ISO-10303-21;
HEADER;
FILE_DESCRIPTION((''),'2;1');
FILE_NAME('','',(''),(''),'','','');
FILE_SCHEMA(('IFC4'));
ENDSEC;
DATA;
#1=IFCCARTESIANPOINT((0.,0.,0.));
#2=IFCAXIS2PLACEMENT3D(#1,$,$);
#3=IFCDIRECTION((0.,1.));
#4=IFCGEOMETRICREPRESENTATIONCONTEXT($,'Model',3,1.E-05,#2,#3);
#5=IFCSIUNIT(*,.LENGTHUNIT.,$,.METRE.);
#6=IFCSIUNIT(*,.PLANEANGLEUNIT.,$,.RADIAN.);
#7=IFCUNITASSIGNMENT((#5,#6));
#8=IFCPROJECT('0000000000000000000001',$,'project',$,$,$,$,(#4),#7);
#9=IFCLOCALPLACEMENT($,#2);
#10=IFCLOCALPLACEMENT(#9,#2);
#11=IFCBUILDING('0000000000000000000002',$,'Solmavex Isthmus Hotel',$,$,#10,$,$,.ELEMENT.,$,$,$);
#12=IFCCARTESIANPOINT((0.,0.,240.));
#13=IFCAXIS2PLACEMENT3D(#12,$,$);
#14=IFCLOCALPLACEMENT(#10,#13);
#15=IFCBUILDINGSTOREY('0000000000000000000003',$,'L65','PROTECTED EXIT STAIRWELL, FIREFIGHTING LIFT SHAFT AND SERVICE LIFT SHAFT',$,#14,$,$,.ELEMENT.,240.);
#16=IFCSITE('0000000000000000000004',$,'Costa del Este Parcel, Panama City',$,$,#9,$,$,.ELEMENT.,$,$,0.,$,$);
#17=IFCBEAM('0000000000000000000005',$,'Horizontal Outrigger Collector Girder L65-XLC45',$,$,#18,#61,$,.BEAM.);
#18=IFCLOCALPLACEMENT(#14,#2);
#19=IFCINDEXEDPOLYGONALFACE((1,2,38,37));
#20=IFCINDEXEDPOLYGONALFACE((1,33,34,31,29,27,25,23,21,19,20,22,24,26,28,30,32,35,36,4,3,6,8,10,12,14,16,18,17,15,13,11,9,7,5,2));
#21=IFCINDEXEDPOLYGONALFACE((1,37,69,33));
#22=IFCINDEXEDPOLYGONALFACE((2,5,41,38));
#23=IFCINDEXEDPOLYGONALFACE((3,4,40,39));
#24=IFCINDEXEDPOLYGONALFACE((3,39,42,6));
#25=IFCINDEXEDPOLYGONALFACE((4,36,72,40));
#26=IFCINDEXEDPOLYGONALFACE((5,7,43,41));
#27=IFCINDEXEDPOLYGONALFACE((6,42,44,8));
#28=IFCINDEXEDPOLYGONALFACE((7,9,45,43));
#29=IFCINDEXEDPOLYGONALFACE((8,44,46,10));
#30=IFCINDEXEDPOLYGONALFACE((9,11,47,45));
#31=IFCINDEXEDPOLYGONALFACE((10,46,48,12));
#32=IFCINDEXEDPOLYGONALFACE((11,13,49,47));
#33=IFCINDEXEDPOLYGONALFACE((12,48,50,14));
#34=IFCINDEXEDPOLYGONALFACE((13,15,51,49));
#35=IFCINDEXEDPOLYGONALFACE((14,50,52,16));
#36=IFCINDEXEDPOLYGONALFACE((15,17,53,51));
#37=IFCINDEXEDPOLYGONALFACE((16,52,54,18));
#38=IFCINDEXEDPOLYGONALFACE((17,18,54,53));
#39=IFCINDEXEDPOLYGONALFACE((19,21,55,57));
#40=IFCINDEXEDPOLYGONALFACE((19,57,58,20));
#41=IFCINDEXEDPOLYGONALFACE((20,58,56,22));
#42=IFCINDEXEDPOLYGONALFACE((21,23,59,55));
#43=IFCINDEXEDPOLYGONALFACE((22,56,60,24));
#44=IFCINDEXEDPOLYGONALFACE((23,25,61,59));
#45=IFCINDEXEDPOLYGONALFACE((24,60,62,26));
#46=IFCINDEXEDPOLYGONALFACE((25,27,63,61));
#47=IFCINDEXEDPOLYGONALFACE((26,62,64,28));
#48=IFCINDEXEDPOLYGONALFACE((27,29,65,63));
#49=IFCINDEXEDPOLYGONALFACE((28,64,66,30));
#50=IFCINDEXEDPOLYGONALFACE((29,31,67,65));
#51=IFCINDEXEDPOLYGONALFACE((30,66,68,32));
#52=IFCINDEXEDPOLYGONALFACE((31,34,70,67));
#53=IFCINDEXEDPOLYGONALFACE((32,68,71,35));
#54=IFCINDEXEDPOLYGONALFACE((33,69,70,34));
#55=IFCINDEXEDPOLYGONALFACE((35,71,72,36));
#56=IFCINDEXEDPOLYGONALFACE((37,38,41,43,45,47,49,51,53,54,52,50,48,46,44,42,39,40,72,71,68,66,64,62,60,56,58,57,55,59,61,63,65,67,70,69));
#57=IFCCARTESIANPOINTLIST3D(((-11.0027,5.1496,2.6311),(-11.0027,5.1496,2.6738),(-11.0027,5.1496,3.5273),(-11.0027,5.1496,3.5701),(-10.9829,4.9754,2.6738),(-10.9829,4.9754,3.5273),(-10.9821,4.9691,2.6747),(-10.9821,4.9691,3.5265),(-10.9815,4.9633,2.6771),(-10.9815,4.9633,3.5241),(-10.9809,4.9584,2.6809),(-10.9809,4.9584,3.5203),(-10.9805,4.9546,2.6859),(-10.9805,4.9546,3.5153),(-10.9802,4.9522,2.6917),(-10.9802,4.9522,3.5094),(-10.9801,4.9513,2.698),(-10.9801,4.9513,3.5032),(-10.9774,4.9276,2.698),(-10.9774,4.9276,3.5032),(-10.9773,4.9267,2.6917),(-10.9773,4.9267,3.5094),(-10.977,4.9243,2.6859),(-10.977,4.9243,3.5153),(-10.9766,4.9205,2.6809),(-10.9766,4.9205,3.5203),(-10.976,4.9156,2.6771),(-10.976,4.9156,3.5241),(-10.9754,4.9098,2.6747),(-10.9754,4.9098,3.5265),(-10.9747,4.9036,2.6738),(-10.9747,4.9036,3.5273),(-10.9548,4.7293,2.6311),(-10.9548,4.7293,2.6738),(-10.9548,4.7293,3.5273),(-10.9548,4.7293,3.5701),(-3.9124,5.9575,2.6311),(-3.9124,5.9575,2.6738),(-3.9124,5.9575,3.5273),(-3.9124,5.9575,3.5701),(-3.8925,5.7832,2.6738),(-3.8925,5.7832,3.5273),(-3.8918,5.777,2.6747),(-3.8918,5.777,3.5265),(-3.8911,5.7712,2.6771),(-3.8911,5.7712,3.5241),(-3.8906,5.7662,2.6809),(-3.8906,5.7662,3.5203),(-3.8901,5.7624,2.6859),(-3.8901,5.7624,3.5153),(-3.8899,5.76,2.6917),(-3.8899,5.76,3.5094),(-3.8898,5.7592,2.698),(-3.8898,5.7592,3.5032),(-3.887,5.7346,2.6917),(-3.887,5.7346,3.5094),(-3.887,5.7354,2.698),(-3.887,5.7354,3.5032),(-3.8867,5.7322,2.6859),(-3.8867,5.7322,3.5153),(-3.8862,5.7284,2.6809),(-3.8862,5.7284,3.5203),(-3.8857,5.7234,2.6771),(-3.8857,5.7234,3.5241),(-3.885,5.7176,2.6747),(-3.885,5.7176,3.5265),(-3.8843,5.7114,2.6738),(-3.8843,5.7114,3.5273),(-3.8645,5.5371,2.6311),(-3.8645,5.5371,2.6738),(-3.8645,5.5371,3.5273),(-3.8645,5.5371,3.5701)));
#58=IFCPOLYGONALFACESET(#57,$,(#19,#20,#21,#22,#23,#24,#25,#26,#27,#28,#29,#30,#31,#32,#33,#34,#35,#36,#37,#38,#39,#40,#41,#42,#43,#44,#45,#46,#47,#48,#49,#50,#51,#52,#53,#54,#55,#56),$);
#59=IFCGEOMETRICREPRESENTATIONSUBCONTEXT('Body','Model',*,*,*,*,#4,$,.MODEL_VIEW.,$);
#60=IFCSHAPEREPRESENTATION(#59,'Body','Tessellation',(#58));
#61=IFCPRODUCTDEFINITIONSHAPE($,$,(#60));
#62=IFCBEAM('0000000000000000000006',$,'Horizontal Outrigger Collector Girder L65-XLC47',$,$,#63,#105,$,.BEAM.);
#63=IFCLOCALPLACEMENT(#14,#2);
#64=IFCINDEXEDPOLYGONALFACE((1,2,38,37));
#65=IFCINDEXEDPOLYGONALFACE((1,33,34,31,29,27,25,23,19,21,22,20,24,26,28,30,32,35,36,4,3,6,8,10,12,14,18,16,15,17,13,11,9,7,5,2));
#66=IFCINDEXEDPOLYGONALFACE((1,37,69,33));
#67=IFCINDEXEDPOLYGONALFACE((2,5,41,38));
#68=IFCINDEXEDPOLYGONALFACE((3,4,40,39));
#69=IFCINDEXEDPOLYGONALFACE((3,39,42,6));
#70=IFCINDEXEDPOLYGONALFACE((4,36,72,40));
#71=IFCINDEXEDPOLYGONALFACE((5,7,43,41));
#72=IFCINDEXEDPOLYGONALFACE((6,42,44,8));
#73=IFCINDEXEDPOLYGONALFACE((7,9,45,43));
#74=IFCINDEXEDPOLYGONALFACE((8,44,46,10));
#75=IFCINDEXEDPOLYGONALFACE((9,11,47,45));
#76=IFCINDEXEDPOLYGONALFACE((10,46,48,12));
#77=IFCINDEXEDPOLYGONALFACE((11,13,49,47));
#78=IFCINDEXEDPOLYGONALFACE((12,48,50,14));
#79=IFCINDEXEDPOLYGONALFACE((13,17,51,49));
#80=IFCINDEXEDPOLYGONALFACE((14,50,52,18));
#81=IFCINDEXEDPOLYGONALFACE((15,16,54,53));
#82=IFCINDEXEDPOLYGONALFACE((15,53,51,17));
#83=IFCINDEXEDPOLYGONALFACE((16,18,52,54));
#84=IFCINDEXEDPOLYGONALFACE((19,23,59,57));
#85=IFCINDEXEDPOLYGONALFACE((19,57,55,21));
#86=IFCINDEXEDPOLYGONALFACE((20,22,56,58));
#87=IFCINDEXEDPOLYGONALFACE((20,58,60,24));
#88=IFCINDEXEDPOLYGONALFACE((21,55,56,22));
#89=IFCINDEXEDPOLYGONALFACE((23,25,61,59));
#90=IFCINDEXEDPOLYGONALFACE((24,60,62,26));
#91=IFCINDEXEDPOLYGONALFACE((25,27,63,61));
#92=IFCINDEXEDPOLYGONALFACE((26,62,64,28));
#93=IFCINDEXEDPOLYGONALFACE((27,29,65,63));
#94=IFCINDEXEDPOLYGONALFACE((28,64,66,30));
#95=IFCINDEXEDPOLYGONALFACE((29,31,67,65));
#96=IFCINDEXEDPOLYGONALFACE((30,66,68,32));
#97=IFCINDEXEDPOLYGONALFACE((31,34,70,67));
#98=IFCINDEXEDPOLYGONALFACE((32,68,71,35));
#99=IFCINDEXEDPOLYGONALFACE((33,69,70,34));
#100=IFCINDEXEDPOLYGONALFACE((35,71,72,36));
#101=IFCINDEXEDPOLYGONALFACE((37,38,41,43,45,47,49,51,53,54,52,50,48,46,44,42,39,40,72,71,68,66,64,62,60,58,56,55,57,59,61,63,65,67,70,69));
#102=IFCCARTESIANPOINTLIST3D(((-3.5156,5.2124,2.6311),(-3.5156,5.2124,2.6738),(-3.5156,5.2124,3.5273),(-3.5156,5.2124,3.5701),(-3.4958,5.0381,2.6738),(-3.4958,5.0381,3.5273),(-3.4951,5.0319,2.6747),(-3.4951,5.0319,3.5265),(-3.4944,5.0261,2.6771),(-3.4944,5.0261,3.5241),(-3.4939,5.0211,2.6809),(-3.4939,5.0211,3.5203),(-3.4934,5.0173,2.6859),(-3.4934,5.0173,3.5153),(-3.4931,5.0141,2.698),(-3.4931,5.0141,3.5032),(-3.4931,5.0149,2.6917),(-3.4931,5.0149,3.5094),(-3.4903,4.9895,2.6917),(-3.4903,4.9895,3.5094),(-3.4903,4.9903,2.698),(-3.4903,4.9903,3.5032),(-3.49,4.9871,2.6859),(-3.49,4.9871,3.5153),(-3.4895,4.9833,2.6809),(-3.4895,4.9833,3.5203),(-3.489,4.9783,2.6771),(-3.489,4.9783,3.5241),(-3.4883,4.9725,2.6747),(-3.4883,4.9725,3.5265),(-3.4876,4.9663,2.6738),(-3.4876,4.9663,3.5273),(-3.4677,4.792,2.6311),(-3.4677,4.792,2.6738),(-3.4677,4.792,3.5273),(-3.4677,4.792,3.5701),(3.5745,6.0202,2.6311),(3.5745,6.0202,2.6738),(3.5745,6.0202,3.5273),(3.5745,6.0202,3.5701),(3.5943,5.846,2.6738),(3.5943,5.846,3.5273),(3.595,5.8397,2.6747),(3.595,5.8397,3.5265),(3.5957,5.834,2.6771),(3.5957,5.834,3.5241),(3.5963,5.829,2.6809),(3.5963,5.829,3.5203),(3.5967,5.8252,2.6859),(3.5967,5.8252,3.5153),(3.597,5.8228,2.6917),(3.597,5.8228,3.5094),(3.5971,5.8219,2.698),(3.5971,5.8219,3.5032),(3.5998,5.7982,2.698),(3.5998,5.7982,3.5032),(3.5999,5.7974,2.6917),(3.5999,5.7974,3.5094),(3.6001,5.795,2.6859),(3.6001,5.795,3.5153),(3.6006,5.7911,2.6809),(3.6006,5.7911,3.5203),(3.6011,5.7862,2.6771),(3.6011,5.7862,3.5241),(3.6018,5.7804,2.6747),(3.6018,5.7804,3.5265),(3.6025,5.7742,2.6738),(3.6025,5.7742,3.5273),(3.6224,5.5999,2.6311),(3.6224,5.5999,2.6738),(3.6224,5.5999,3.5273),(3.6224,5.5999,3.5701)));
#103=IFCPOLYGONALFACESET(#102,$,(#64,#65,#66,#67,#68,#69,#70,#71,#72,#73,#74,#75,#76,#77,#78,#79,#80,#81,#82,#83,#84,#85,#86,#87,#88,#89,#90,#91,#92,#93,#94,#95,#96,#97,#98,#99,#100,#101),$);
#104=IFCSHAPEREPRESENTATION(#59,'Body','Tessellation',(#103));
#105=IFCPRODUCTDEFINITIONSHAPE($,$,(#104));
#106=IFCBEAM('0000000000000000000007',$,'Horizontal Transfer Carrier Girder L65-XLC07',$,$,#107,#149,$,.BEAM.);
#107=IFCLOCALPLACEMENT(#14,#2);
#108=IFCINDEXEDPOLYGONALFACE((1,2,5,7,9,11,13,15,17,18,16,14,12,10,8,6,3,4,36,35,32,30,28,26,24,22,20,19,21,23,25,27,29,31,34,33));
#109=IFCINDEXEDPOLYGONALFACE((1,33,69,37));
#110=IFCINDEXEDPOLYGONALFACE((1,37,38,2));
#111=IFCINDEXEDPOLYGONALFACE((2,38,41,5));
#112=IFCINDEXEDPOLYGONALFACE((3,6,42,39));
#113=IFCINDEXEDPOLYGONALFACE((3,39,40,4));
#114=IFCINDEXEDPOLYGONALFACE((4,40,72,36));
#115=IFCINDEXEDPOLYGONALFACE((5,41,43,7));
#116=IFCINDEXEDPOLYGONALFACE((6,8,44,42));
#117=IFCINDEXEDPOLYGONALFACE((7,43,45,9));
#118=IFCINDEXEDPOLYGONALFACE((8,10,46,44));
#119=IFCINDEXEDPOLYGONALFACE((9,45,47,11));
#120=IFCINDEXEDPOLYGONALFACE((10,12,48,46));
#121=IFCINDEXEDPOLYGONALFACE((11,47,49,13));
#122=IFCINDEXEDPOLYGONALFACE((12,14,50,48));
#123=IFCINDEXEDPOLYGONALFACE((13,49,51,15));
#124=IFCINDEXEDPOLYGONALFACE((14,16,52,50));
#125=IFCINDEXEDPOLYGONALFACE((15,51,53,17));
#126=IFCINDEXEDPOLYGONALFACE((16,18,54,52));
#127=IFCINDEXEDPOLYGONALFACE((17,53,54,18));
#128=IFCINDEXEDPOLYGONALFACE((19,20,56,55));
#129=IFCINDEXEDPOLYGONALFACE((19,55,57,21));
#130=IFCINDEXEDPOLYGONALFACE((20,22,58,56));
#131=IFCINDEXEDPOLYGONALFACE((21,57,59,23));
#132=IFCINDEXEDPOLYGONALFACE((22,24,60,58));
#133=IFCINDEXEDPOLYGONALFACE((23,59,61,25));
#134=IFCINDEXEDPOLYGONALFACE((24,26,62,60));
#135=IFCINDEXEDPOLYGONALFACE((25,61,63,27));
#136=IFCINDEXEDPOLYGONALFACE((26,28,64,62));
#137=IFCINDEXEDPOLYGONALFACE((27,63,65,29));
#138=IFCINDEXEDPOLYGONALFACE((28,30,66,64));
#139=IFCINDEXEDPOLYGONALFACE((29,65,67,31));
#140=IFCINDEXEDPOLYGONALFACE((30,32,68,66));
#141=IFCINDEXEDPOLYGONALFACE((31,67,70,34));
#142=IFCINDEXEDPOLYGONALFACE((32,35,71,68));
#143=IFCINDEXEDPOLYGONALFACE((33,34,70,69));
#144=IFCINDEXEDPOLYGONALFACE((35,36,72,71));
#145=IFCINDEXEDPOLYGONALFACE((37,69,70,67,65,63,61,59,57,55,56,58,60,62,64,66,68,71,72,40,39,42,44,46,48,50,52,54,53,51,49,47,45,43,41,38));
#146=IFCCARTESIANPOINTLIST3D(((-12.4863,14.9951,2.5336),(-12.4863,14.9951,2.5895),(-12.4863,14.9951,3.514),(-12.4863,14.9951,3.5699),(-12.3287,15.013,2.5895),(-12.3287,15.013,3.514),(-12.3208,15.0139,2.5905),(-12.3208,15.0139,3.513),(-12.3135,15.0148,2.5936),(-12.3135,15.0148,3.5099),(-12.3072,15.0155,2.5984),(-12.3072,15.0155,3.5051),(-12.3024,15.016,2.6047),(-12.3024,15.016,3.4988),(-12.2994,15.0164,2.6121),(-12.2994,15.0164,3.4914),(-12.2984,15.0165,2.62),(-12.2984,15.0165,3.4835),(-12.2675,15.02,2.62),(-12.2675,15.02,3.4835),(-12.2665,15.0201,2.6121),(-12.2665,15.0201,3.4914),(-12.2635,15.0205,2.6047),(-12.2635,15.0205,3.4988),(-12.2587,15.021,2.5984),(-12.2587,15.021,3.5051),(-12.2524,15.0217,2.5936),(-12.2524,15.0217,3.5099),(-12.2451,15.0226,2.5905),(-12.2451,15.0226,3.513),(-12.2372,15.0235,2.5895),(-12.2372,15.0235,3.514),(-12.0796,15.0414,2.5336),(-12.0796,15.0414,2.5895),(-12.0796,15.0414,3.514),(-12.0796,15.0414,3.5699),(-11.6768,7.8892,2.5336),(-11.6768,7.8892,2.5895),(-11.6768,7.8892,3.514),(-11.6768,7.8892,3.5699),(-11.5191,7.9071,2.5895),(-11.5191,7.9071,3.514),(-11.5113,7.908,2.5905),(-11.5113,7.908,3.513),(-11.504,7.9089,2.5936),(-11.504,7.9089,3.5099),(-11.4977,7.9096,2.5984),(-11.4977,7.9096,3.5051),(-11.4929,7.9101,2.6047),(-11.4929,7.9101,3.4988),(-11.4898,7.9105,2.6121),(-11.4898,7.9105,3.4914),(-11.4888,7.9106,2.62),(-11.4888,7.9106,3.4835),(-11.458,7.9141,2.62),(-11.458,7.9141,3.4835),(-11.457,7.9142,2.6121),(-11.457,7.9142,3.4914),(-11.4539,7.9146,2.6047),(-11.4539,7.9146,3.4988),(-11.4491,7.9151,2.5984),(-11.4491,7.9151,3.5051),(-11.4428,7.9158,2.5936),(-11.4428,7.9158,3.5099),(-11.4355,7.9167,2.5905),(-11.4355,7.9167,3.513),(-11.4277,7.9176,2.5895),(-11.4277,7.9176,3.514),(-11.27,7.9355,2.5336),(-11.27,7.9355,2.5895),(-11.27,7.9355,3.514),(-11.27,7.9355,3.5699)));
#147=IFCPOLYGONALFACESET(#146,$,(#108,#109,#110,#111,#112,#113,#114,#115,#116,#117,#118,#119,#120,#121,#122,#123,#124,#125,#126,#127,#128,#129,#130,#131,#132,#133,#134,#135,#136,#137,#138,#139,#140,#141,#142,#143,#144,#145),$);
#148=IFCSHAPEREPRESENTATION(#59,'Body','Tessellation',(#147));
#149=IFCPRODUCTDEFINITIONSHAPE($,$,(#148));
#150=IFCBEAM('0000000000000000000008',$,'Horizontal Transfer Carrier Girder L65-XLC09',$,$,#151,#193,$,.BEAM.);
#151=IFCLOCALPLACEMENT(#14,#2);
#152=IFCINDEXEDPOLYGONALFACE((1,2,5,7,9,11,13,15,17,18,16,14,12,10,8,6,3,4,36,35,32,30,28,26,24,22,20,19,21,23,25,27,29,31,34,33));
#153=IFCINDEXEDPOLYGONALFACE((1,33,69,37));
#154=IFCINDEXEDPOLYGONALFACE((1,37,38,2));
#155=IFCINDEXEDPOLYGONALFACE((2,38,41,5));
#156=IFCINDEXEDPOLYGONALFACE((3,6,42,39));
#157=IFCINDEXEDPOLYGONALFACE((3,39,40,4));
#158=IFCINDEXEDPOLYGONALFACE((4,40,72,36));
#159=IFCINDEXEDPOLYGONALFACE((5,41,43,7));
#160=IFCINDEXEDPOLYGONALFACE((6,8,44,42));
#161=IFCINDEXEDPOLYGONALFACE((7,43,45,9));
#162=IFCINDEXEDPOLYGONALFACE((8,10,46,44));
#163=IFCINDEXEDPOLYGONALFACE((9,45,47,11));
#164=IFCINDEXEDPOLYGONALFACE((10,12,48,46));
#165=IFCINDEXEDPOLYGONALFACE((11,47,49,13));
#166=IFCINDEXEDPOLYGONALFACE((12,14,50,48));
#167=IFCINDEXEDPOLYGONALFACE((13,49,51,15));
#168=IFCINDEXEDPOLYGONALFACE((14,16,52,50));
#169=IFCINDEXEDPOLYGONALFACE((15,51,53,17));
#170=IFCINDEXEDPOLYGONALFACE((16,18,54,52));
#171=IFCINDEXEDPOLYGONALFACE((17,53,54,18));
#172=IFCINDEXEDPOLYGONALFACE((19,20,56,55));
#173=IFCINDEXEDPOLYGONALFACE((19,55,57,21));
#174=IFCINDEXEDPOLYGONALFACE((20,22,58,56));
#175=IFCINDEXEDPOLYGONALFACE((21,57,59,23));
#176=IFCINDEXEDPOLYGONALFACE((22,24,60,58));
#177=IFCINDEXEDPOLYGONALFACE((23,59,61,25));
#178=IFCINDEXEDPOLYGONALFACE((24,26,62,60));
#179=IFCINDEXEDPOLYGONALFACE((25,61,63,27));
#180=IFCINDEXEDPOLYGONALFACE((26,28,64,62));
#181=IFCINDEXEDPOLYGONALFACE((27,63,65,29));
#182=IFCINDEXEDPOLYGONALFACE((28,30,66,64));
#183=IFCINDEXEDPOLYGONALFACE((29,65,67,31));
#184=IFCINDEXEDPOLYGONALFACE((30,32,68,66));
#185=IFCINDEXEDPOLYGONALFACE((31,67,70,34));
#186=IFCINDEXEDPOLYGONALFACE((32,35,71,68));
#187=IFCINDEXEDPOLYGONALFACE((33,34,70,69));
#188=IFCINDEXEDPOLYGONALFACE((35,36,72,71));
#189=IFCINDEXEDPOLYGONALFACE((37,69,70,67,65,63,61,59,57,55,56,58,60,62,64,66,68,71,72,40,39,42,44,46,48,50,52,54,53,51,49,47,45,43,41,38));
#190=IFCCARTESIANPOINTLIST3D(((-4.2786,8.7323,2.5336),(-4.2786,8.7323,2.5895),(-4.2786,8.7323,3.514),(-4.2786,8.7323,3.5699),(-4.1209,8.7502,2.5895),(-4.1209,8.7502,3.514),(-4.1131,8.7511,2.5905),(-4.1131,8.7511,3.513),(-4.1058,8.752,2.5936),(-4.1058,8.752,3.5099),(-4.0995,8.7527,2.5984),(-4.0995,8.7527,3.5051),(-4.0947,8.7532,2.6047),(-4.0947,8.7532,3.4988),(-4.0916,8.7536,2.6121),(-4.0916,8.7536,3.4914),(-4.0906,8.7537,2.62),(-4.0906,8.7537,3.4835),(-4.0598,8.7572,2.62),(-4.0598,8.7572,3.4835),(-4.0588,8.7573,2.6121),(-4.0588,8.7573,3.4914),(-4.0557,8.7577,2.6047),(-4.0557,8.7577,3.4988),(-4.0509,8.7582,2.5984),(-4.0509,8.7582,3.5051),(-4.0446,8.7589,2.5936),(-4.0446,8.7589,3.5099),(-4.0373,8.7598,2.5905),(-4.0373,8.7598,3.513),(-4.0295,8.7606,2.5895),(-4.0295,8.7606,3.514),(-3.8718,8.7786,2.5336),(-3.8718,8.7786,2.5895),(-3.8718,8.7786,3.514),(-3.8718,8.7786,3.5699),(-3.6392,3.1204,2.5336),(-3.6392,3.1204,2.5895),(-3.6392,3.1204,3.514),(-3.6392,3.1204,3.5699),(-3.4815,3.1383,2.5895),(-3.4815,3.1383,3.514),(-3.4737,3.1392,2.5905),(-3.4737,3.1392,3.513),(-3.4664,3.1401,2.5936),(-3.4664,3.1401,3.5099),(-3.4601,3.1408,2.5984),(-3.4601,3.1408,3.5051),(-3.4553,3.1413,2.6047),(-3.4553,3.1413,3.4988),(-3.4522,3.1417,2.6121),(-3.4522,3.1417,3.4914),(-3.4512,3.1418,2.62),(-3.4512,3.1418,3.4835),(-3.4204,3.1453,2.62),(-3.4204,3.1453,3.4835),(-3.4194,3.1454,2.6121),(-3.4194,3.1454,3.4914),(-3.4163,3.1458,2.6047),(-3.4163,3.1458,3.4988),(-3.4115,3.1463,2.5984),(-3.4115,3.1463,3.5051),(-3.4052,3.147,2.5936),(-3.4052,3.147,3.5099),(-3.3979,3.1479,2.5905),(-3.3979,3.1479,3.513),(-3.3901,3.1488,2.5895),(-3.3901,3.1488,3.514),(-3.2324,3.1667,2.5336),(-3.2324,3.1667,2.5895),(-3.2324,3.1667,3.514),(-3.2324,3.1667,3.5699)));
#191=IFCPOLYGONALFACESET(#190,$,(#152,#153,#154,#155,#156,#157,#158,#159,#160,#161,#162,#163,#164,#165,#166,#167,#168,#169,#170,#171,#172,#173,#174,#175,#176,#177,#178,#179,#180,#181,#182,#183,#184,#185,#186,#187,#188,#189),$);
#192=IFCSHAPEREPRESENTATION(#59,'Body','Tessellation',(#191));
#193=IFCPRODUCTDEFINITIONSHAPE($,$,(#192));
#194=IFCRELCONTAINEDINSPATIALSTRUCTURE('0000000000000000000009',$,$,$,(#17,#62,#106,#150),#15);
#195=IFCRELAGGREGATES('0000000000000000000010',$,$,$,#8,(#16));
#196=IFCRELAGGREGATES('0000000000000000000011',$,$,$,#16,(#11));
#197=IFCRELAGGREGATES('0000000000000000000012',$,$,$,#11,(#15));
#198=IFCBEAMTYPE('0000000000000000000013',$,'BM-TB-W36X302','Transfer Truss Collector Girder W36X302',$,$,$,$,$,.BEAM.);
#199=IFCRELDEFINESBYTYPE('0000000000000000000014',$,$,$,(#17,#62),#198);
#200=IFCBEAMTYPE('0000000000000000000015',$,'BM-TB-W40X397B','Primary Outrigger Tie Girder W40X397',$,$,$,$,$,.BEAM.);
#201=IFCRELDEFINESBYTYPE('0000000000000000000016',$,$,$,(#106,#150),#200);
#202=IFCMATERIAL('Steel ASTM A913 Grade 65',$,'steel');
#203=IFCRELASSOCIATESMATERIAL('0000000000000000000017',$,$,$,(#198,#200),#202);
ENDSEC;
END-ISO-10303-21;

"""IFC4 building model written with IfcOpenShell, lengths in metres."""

from ifc_helpers import new_model, si_unit, direction, frame, origin, origin_2d, place, context, subcontext, project, spatial, i_section, extrude, material, material_profile, profile_set, type_object, element, save


model = new_model("IFC4")

# Units and contexts
model_context = context("Model", 3, precision=1e-05, world=origin(), true_north=direction((0.0, 1.0)))
body_context = subcontext(model_context, "Body", "Model", "MODEL_VIEW")
ifc_project = project(units=[si_unit("LENGTHUNIT", "METRE"), si_unit("PLANEANGLEUNIT", "RADIAN")], contexts=[model_context])

# Site, building, storey
site_placement = place(None, origin())
site = spatial("IfcSite", under=ifc_project, at=site_placement, Name="Costa del Este Parcel, Panama City", CompositionType="ELEMENT", RefElevation=0.0)
building_placement = place(site_placement, origin())
building = spatial("IfcBuilding", under=site, at=building_placement, Name="Solmavex Isthmus Hotel", CompositionType="ELEMENT")
storey_placement = place(building_placement, frame((0.0, 0.0, 240.0)))
storey = spatial("IfcBuildingStorey", under=building, at=storey_placement, Name="L65", Description="PROTECTED EXIT STAIRWELL, FIREFIGHTING LIFT SHAFT AND SERVICE LIFT SHAFT", CompositionType="ELEMENT", Elevation=240.0)

# Shared definitions
ifc_material_1 = material(Name="Steel ASTM A913 Grade 65", Category="steel")

# Beams
ifc_material_profile_1 = material_profile(ifc_material_1, i_section(OverallWidth=0.4231, OverallDepth=0.939, WebThickness=0.0239, FlangeThickness=0.0427, FilletRadius=0.0242, at=origin_2d()), Name="W36X302")
ifc_profile_set_1 = profile_set([ifc_material_profile_1], Name="Steel ASTM A913 Grade 65")
beam_type_1 = type_object("IfcBeamType", Name="BM-TB-W36X302", Description="Transfer Truss Collector Girder W36X302", PredefinedType="BEAM", material=ifc_profile_set_1)
beam_1_placement = place(storey_placement, frame((-10.9788, 4.9395, 3.1006), z_axis=(0.993572, 0.113206, 0.0), x_axis=(-0.113206, 0.993572, 0.0)))
element("IfcBeam", 1, at=beam_1_placement, inside=storey, type_object=beam_type_1, Name="Horizontal Outrigger Collector Girder L65-XLC45", PredefinedType="BEAM", context=body_context, shape_type="SweptSolid", body=[
    extrude(i_section(OverallWidth=0.4231, OverallDepth=0.939, WebThickness=0.0239, FlangeThickness=0.0427, FilletRadius=0.0242, at=origin_2d()), origin(), (0.0, 0.0, 1.0), 7.1362),
])
beam_2_placement = place(storey_placement, frame((-3.4917, 5.0022, 3.1006), z_axis=(0.993571, 0.11321, 0.0), x_axis=(-0.11321, 0.993571, 0.0)))
element("IfcBeam", 2, at=beam_2_placement, inside=storey, type_object=beam_type_1, Name="Horizontal Outrigger Collector Girder L65-XLC47", PredefinedType="BEAM", context=body_context, shape_type="SweptSolid", body=[
    extrude(i_section(OverallWidth=0.4231, OverallDepth=0.939, WebThickness=0.0239, FlangeThickness=0.0427, FilletRadius=0.0242, at=origin_2d()), origin(), (0.0, 0.0, 1.0), 7.136),
])
ifc_material_profile_2 = material_profile(ifc_material_1, i_section(OverallWidth=0.4094, OverallDepth=1.0364, WebThickness=0.031, FlangeThickness=0.0559, FilletRadius=0.0305, at=origin_2d()), Name="W40X397")
ifc_profile_set_2 = profile_set([ifc_material_profile_2], Name="Steel ASTM A913 Grade 65")
beam_type_2 = type_object("IfcBeamType", Name="BM-TB-W40X397B", Description="Primary Outrigger Tie Girder W40X397", PredefinedType="BEAM", material=ifc_profile_set_2)
beam_3_placement = place(storey_placement, frame((-11.4734, 7.9124, 3.0518), z_axis=(-0.113196, 0.993573, 0.0), x_axis=(-0.993573, -0.113196, 0.0)))
element("IfcBeam", 3, at=beam_3_placement, inside=storey, type_object=beam_type_2, Name="Horizontal Transfer Carrier Girder L65-XLC07", PredefinedType="BEAM", context=body_context, shape_type="SweptSolid", body=[
    extrude(i_section(OverallWidth=0.4094, OverallDepth=1.0364, WebThickness=0.031, FlangeThickness=0.0559, FilletRadius=0.0305, at=origin_2d()), origin(), (0.0, 0.0, 1.0), 7.1519),
])
beam_4_placement = place(storey_placement, frame((-3.4358, 3.1436, 3.0518), z_axis=(-0.113206, 0.993571, 0.0), x_axis=(-0.993571, -0.113206, 0.0)))
element("IfcBeam", 4, at=beam_4_placement, inside=storey, type_object=beam_type_2, Name="Horizontal Transfer Carrier Girder L65-XLC09", PredefinedType="BEAM", context=body_context, shape_type="SweptSolid", body=[
    extrude(i_section(OverallWidth=0.4094, OverallDepth=1.0364, WebThickness=0.031, FlangeThickness=0.0559, FilletRadius=0.0305, at=origin_2d()), origin(), (0.0, 0.0, 1.0), 5.6482),
])

save(model, "model.ifc")
